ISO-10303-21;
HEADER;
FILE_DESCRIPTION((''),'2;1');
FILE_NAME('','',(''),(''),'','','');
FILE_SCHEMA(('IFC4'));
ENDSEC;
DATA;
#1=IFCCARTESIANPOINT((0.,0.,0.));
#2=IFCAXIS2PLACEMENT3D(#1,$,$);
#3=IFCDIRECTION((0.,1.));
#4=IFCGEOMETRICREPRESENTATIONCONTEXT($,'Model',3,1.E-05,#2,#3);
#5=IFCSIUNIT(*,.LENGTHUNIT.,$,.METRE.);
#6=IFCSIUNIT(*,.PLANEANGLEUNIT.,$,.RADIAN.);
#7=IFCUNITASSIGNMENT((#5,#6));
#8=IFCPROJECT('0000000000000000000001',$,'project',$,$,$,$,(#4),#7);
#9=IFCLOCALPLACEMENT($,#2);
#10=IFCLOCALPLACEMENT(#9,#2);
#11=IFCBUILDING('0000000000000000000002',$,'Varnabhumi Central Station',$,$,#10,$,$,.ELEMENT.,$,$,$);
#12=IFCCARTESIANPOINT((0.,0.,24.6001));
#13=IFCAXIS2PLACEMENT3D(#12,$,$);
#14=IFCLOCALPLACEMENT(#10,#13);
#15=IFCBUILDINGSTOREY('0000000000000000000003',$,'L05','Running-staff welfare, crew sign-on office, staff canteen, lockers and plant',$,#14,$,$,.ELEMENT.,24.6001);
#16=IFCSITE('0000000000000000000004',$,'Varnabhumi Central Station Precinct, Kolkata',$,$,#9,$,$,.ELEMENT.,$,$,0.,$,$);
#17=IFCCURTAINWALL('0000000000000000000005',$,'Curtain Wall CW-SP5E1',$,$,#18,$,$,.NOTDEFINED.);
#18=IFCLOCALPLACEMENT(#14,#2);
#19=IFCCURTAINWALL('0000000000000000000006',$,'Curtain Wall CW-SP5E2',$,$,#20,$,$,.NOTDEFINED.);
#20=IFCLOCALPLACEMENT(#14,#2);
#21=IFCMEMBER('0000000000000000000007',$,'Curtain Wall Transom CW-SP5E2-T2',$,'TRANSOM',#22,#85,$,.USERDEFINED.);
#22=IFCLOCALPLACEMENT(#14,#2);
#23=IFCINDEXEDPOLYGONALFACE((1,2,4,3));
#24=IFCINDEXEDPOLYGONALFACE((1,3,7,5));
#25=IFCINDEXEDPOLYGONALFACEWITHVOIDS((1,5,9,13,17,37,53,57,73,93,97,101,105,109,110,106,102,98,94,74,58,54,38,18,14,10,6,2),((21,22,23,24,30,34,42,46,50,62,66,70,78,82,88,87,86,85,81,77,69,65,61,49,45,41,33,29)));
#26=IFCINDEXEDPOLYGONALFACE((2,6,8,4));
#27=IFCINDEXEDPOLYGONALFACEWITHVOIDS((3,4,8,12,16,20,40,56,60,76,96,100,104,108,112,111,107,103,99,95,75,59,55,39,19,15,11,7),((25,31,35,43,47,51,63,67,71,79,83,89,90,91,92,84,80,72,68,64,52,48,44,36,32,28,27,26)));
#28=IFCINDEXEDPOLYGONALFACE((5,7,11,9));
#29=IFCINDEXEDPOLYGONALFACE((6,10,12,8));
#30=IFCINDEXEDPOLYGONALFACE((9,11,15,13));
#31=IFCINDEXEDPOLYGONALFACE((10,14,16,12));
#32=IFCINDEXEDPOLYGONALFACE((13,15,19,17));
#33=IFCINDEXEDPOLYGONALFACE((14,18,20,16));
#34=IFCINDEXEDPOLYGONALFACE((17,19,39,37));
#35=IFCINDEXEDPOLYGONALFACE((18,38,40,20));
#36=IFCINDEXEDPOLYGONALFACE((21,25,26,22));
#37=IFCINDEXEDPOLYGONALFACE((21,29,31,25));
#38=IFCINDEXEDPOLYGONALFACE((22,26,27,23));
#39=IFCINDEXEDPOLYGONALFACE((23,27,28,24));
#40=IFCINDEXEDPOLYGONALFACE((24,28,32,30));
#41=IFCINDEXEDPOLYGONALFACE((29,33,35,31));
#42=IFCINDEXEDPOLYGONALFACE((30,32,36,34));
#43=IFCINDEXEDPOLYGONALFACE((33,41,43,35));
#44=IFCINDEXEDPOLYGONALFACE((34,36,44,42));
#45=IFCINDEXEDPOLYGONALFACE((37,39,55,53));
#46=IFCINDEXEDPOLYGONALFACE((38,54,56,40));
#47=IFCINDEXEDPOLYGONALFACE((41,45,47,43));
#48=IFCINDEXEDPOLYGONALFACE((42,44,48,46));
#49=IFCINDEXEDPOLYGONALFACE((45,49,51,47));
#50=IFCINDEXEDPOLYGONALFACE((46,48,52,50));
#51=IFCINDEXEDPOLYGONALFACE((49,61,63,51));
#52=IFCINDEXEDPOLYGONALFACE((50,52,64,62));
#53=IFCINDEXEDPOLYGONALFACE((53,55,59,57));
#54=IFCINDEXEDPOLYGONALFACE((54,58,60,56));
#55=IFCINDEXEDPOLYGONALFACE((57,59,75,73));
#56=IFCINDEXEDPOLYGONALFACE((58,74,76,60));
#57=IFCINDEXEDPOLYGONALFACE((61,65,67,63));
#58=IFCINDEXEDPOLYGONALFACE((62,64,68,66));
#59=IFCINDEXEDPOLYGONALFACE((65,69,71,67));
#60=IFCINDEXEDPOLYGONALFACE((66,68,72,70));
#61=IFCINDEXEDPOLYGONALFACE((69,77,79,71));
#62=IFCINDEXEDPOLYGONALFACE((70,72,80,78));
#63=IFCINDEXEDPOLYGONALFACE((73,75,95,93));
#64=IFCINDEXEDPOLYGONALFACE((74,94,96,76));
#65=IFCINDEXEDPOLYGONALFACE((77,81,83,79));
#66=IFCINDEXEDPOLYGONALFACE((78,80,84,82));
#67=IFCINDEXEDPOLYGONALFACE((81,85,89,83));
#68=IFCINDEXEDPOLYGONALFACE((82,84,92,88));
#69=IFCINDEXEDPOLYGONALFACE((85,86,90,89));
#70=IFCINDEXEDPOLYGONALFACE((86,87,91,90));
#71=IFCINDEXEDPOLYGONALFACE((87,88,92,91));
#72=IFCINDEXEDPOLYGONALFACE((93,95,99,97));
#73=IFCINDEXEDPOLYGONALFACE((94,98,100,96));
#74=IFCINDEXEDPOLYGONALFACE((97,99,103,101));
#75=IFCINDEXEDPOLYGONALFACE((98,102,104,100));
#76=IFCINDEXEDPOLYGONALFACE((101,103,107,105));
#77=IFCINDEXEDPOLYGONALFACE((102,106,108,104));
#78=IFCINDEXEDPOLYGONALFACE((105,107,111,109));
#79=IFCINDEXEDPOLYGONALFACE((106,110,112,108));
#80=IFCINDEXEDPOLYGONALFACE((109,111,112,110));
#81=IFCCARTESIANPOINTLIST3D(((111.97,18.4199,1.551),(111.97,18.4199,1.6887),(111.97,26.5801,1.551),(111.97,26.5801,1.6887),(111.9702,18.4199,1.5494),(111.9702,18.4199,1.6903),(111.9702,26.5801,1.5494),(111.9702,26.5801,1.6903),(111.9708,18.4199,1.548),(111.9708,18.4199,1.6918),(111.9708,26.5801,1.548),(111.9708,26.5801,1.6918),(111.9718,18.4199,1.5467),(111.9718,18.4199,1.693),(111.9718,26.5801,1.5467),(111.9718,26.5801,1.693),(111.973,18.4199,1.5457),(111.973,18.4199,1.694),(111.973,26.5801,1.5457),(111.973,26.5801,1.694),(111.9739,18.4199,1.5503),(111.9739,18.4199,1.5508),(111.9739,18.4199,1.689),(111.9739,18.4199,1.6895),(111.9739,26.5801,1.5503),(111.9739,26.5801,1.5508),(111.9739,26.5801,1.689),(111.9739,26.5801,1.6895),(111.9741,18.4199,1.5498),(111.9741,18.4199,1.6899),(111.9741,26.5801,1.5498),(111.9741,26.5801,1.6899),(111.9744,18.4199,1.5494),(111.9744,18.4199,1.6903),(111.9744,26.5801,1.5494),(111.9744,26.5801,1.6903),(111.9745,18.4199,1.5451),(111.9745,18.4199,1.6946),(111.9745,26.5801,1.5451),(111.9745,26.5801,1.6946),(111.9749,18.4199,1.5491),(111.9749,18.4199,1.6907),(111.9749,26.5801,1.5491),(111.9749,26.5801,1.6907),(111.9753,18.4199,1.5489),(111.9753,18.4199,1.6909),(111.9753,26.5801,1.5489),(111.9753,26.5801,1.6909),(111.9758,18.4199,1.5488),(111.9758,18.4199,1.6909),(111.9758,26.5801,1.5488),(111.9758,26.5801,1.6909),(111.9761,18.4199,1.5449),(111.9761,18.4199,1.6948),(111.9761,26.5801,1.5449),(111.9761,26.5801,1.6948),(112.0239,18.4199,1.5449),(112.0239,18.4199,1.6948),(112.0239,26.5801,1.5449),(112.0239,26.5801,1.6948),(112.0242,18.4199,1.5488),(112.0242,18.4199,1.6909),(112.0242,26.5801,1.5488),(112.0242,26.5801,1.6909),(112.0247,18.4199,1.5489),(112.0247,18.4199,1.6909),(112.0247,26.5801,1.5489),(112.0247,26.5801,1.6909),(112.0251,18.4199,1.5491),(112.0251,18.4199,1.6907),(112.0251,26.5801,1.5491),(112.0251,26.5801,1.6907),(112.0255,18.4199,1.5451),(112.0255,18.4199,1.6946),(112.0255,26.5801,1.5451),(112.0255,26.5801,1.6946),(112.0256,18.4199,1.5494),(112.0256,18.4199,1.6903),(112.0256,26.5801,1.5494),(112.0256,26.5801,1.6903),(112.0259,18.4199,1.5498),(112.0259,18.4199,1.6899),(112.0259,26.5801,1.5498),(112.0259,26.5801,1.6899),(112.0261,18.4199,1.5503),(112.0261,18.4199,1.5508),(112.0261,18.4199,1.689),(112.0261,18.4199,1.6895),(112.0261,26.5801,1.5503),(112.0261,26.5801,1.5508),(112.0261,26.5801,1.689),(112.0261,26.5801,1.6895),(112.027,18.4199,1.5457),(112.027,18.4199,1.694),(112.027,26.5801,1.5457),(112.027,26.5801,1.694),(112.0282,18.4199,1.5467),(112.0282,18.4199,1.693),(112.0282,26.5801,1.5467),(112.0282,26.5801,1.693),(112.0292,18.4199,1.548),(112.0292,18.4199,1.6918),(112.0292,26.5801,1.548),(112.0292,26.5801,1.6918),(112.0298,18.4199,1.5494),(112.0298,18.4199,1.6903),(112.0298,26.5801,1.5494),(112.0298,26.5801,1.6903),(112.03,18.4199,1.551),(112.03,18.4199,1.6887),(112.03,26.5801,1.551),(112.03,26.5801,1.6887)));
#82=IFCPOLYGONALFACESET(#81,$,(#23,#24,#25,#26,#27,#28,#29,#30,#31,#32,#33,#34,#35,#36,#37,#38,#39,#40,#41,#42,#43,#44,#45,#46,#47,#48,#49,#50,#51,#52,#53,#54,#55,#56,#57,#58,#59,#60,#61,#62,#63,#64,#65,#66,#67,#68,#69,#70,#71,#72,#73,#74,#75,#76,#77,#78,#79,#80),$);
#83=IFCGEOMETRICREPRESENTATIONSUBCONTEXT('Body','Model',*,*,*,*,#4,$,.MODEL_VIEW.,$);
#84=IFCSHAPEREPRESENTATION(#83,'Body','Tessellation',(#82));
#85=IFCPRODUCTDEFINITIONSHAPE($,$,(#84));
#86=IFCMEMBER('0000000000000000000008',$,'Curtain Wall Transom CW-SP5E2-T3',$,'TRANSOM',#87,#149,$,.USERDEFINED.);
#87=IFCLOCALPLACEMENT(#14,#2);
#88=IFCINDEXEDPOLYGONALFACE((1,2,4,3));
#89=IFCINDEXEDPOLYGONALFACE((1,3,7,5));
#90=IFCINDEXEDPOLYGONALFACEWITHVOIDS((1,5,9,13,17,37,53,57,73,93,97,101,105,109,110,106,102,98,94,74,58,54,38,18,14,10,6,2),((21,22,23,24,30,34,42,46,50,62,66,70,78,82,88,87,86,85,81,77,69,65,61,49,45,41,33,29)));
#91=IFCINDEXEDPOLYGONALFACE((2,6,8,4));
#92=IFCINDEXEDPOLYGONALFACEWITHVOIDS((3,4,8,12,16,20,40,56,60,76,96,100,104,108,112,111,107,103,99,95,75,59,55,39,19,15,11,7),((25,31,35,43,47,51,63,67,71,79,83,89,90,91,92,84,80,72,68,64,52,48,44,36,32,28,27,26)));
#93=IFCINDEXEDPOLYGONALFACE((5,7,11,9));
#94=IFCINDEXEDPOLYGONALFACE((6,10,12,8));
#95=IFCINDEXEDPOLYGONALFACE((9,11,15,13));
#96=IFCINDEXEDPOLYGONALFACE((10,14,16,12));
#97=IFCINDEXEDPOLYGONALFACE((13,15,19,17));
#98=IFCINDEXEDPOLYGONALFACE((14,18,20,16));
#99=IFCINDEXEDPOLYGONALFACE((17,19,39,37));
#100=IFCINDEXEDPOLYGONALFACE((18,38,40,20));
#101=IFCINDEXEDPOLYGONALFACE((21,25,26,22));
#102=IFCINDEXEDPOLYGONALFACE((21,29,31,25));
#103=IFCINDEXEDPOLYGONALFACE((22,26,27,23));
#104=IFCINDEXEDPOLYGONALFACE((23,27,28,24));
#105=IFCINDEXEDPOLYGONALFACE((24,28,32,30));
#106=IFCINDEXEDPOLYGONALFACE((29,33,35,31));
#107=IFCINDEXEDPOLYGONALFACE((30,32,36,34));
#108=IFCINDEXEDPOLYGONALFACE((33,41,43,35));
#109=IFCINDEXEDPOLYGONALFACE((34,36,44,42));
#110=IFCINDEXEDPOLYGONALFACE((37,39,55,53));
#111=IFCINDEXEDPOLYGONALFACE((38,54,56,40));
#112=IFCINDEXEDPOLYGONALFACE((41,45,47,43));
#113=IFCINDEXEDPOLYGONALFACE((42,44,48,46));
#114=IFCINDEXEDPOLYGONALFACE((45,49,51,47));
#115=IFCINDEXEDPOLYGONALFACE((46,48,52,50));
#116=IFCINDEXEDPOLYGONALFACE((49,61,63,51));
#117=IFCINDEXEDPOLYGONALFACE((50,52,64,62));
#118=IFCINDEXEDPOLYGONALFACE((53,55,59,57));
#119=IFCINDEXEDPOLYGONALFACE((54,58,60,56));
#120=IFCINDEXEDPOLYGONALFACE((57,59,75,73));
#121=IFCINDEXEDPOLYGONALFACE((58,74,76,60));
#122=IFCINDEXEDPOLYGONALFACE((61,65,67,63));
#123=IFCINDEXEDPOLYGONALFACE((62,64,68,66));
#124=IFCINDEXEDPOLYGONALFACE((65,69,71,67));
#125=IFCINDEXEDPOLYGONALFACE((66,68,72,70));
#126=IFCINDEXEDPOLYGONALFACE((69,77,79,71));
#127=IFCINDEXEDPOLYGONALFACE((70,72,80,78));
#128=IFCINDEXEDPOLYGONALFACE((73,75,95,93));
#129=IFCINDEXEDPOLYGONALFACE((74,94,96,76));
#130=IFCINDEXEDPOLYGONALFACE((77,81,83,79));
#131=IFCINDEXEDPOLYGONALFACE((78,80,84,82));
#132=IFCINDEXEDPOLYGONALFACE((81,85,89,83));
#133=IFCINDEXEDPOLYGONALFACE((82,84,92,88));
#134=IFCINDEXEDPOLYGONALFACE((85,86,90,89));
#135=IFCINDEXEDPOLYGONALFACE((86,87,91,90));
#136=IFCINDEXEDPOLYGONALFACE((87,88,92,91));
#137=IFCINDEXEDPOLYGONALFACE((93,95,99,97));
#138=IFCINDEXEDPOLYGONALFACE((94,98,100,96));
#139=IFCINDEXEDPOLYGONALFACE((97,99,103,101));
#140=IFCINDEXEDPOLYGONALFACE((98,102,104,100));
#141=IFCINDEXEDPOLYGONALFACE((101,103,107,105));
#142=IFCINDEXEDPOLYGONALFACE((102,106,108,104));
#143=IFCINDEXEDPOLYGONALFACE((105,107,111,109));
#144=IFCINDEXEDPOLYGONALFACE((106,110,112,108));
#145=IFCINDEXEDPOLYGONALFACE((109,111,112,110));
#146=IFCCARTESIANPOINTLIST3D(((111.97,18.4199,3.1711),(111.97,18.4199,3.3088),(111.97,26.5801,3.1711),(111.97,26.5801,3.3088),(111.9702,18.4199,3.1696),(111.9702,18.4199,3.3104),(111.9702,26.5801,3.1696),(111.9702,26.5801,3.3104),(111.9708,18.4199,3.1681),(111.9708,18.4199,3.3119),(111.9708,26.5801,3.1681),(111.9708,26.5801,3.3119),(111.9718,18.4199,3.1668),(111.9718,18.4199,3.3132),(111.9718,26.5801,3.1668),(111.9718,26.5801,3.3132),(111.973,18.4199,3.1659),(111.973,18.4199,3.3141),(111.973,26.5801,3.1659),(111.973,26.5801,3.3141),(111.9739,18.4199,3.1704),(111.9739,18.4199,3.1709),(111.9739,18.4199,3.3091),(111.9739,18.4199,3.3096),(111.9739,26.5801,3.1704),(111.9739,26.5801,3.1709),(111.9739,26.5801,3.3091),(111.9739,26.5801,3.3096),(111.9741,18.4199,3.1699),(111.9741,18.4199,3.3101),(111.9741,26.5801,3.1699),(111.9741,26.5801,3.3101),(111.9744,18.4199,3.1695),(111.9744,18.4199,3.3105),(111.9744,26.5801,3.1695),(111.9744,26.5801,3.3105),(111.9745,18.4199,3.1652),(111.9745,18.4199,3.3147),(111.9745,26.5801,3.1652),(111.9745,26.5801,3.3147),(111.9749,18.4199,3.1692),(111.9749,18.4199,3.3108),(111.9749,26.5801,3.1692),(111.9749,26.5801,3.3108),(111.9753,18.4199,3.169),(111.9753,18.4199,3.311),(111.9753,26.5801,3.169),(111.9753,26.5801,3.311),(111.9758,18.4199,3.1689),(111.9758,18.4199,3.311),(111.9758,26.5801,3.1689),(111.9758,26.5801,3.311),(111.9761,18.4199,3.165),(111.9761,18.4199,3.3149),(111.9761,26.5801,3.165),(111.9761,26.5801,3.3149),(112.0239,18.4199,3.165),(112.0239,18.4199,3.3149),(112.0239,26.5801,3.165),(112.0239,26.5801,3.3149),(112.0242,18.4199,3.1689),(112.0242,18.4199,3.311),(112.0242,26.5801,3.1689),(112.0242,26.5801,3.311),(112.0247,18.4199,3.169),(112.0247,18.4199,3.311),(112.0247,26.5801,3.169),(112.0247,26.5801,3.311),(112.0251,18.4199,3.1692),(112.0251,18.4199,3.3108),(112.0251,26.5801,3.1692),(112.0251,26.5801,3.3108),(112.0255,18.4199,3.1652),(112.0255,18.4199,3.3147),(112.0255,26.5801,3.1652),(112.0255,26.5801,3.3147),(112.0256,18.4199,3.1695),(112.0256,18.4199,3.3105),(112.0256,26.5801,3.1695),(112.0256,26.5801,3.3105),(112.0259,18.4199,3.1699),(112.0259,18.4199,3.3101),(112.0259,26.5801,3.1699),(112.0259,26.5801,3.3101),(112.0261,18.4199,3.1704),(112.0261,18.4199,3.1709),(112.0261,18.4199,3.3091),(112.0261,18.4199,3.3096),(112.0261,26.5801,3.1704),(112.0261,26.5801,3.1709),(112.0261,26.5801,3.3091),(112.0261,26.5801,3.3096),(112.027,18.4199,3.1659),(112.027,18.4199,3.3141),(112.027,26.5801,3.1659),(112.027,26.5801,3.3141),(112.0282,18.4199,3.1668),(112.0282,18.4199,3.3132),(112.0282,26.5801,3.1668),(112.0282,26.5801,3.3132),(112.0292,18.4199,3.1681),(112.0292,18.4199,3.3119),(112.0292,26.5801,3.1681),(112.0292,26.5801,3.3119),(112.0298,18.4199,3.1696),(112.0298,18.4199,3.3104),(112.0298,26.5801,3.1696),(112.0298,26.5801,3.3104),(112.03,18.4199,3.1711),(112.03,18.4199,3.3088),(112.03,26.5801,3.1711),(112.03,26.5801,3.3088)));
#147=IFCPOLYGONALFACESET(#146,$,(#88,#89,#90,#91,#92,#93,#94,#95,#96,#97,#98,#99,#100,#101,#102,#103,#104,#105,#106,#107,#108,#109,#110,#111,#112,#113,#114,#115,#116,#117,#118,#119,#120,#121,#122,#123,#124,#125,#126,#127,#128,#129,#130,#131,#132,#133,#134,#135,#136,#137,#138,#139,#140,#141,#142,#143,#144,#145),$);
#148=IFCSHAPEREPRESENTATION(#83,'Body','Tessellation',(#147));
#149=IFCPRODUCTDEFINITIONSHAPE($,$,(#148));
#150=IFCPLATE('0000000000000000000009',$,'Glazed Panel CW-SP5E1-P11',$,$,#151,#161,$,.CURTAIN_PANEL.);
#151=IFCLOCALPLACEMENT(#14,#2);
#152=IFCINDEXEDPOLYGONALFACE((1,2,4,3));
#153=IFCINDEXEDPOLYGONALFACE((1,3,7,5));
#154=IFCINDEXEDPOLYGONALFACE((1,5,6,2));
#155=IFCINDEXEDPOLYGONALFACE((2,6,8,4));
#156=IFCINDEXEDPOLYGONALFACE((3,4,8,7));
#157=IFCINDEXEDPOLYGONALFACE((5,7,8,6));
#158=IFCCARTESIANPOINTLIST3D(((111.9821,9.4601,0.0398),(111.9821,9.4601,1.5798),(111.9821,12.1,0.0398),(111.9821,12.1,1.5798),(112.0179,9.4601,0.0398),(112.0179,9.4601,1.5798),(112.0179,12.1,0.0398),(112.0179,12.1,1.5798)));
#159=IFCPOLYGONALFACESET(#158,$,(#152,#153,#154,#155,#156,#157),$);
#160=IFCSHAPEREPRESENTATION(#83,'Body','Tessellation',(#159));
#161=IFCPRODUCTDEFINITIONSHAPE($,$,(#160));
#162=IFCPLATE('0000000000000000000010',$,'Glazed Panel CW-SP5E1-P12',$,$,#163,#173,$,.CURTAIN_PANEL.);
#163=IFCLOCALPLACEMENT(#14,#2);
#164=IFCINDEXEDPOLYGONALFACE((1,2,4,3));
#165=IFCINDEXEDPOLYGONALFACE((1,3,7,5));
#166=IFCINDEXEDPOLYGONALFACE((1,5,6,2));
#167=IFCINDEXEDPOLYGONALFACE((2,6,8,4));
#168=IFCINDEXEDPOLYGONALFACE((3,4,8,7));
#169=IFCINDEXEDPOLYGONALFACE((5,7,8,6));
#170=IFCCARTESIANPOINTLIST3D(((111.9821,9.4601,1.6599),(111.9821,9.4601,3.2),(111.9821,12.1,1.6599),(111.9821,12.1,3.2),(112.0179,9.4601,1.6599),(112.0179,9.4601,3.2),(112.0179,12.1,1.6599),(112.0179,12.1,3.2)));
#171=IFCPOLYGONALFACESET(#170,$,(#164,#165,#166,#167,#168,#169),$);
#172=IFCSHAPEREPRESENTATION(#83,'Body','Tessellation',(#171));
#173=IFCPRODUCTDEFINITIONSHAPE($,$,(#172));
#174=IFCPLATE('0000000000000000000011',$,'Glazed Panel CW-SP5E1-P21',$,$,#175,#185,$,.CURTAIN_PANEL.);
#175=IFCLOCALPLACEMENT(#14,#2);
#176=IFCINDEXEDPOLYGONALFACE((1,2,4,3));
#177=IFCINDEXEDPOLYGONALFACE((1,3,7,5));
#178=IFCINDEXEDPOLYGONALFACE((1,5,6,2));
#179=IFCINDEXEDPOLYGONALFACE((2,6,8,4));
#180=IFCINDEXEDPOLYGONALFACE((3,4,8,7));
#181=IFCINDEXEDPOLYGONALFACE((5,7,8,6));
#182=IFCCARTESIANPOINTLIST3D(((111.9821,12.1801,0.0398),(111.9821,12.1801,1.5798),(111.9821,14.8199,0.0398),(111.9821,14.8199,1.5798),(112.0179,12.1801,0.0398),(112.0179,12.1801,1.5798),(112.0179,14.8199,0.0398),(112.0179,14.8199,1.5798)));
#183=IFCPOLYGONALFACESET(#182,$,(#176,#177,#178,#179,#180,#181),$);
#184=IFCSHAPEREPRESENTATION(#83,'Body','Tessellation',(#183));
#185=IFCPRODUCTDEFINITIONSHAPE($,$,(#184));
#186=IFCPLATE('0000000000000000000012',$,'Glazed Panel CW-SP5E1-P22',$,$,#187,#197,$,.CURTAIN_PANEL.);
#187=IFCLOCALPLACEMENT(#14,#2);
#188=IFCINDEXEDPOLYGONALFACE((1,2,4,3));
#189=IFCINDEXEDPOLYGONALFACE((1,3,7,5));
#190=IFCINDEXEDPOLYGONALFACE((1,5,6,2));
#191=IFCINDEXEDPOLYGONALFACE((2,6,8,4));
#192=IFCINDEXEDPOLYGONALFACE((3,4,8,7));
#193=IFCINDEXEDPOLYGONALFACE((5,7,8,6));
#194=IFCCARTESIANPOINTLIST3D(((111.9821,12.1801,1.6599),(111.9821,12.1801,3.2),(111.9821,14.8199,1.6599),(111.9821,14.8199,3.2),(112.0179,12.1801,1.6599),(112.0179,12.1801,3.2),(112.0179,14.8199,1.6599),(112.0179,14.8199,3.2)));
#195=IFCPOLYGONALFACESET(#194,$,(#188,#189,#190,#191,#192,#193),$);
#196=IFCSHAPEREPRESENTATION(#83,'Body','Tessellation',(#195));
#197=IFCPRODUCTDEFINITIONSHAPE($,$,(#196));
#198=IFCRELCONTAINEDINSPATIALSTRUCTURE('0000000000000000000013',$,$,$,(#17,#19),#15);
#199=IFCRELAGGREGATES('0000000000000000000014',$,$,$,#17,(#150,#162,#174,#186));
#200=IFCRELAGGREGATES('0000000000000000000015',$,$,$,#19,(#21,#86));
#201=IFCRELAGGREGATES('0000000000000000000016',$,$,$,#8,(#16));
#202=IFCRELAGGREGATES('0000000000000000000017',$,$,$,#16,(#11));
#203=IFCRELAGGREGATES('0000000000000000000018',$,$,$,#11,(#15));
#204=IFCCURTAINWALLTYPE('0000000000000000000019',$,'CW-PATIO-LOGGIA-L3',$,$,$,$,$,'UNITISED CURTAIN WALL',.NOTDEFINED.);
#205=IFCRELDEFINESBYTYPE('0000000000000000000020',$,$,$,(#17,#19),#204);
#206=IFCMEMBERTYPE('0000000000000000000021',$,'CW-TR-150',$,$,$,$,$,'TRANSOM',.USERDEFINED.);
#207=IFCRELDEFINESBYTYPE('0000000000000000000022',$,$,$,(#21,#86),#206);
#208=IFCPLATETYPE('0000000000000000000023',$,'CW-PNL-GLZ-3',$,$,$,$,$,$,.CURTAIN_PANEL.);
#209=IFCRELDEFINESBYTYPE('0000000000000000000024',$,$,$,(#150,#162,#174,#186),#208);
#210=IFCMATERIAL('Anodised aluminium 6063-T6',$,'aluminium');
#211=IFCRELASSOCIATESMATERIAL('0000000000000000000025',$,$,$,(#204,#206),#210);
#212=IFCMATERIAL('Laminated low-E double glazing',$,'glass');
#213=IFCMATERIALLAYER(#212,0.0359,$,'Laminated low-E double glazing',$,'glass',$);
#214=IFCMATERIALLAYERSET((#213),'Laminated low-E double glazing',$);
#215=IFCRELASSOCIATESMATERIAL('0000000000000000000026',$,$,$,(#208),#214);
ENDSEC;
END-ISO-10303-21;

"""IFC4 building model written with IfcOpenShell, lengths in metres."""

from ifc_helpers import new_model, si_unit, direction, frame, origin, origin_2d, place, context, subcontext, project, spatial, rectangle, hollow_rectangle, extrude, material, layer, layer_set, material_profile, profile_set, type_object, element, aggregate, save


model = new_model("IFC4")

# Units and contexts
model_context = context("Model", 3, precision=1e-05, world=origin(), true_north=direction((0.0, 1.0)))
body_context = subcontext(model_context, "Body", "Model", "MODEL_VIEW")
ifc_project = project(units=[si_unit("LENGTHUNIT", "METRE"), si_unit("PLANEANGLEUNIT", "RADIAN")], contexts=[model_context])

# Site, building, storey
site_placement = place(None, origin())
site = spatial("IfcSite", under=ifc_project, at=site_placement, Name="Varnabhumi Central Station Precinct, Kolkata", CompositionType="ELEMENT", RefElevation=0.0)
building_placement = place(site_placement, origin())
building = spatial("IfcBuilding", under=site, at=building_placement, Name="Varnabhumi Central Station", CompositionType="ELEMENT")
storey_placement = place(building_placement, frame((0.0, 0.0, 24.6001)))
storey = spatial("IfcBuildingStorey", under=building, at=storey_placement, Name="L05", Description="Running-staff welfare, crew sign-on office, staff canteen, lockers and plant", CompositionType="ELEMENT", Elevation=24.6001)

# Curtain walls
ifc_material_1 = material(Name="Anodised aluminium 6063-T6", Category="aluminium")
curtain_wall_type = type_object("IfcCurtainWallType", Name="CW-PATIO-LOGGIA-L3", ElementType="UNITISED CURTAIN WALL", PredefinedType="NOTDEFINED", material=ifc_material_1)
curtain_wall_1_placement = place(storey_placement, origin())
curtain_wall_1 = element("IfcCurtainWall", 1, at=curtain_wall_1_placement, inside=storey, type_object=curtain_wall_type, Name="Curtain Wall CW-SP5E1", PredefinedType="NOTDEFINED")
curtain_wall_2_placement = place(storey_placement, origin())
curtain_wall_2 = element("IfcCurtainWall", 2, at=curtain_wall_2_placement, inside=storey, type_object=curtain_wall_type, Name="Curtain Wall CW-SP5E2", PredefinedType="NOTDEFINED")

# Members
ifc_material_profile_1 = material_profile(ifc_material_1, hollow_rectangle(XDim=0.0601, YDim=0.1499, WallThickness=0.0039, InnerFilletRadius=0.002, OuterFilletRadius=0.0061, at=origin_2d()), Name="Anodised aluminium 6063-T6", Category="aluminium")
ifc_profile_set_1 = profile_set([ifc_material_profile_1], Name="Anodised aluminium 6063-T6")
member_type_1 = type_object("IfcMemberType", Name="CW-TR-150", ElementType="TRANSOM", PredefinedType="USERDEFINED", material=ifc_profile_set_1)
member_1_placement = place(storey_placement, frame((112.0, 18.4199, 1.6199), z_axis=(0.0, 1.0, 0.0), x_axis=(-1.0, 0.0, 0.0)))
member_1 = element("IfcMember", 3, at=member_1_placement, type_object=member_type_1, Name="Curtain Wall Transom CW-SP5E2-T2", ObjectType="TRANSOM", PredefinedType="USERDEFINED", context=body_context, shape_type="SweptSolid", body=[
    extrude(hollow_rectangle(XDim=0.0601, YDim=0.1499, WallThickness=0.0039, InnerFilletRadius=0.002, OuterFilletRadius=0.0061, at=origin_2d()), origin(), (0.0, 0.0, 1.0), 8.1602),
])
member_2_placement = place(storey_placement, frame((112.0, 18.4199, 3.24), z_axis=(0.0, 1.0, 0.0), x_axis=(-1.0, 0.0, 0.0)))
member_2 = element("IfcMember", 4, at=member_2_placement, type_object=member_type_1, Name="Curtain Wall Transom CW-SP5E2-T3", ObjectType="TRANSOM", PredefinedType="USERDEFINED", context=body_context, shape_type="SweptSolid", body=[
    extrude(hollow_rectangle(XDim=0.0601, YDim=0.1499, WallThickness=0.0039, InnerFilletRadius=0.002, OuterFilletRadius=0.0061, at=origin_2d()), origin(), (0.0, 0.0, 1.0), 8.1602),
])

# Plates
ifc_material_2 = material(Name="Laminated low-E double glazing", Category="glass")
ifc_layer_1 = layer(ifc_material_2, 0.0359, Name="Laminated low-E double glazing", Category="glass")
ifc_layer_set_1 = layer_set([ifc_layer_1], Name="Laminated low-E double glazing")
plate_type_1 = type_object("IfcPlateType", Name="CW-PNL-GLZ-3", PredefinedType="CURTAIN_PANEL", material=ifc_layer_set_1)
plate_1_placement = place(storey_placement, frame((112.0, 10.78, 0.0398), z_axis=(0.0, 0.0, 1.0), x_axis=(0.0, 1.0, 0.0)))
plate_1 = element("IfcPlate", 5, at=plate_1_placement, type_object=plate_type_1, Name="Glazed Panel CW-SP5E1-P11", PredefinedType="CURTAIN_PANEL", context=body_context, shape_type="SweptSolid", body=[
    extrude(rectangle(XDim=2.6399, YDim=0.0359, at=origin_2d()), origin(), (0.0, 0.0, 1.0), 1.54),
])
plate_2_placement = place(storey_placement, frame((112.0, 10.78, 1.6599), z_axis=(0.0, 0.0, 1.0), x_axis=(0.0, 1.0, 0.0)))
plate_2 = element("IfcPlate", 6, at=plate_2_placement, type_object=plate_type_1, Name="Glazed Panel CW-SP5E1-P12", PredefinedType="CURTAIN_PANEL", context=body_context, shape_type="SweptSolid", body=[
    extrude(rectangle(XDim=2.6399, YDim=0.0359, at=origin_2d()), origin(), (0.0, 0.0, 1.0), 1.54),
])
plate_3_placement = place(storey_placement, frame((112.0, 13.5, 0.0398), z_axis=(0.0, 0.0, 1.0), x_axis=(0.0, 1.0, 0.0)))
plate_3 = element("IfcPlate", 7, at=plate_3_placement, type_object=plate_type_1, Name="Glazed Panel CW-SP5E1-P21", PredefinedType="CURTAIN_PANEL", context=body_context, shape_type="SweptSolid", body=[
    extrude(rectangle(XDim=2.6399, YDim=0.0359, at=origin_2d()), origin(), (0.0, 0.0, 1.0), 1.54),
])
plate_4_placement = place(storey_placement, frame((112.0, 13.5, 1.6599), z_axis=(0.0, 0.0, 1.0), x_axis=(0.0, 1.0, 0.0)))
plate_4 = element("IfcPlate", 8, at=plate_4_placement, type_object=plate_type_1, Name="Glazed Panel CW-SP5E1-P22", PredefinedType="CURTAIN_PANEL", context=body_context, shape_type="SweptSolid", body=[
    extrude(rectangle(XDim=2.6399, YDim=0.0359, at=origin_2d()), origin(), (0.0, 0.0, 1.0), 1.54),
])
aggregate(curtain_wall_1, [plate_1, plate_2, plate_3, plate_4])
aggregate(curtain_wall_2, [member_1, member_2])

save(model, "model.ifc")
